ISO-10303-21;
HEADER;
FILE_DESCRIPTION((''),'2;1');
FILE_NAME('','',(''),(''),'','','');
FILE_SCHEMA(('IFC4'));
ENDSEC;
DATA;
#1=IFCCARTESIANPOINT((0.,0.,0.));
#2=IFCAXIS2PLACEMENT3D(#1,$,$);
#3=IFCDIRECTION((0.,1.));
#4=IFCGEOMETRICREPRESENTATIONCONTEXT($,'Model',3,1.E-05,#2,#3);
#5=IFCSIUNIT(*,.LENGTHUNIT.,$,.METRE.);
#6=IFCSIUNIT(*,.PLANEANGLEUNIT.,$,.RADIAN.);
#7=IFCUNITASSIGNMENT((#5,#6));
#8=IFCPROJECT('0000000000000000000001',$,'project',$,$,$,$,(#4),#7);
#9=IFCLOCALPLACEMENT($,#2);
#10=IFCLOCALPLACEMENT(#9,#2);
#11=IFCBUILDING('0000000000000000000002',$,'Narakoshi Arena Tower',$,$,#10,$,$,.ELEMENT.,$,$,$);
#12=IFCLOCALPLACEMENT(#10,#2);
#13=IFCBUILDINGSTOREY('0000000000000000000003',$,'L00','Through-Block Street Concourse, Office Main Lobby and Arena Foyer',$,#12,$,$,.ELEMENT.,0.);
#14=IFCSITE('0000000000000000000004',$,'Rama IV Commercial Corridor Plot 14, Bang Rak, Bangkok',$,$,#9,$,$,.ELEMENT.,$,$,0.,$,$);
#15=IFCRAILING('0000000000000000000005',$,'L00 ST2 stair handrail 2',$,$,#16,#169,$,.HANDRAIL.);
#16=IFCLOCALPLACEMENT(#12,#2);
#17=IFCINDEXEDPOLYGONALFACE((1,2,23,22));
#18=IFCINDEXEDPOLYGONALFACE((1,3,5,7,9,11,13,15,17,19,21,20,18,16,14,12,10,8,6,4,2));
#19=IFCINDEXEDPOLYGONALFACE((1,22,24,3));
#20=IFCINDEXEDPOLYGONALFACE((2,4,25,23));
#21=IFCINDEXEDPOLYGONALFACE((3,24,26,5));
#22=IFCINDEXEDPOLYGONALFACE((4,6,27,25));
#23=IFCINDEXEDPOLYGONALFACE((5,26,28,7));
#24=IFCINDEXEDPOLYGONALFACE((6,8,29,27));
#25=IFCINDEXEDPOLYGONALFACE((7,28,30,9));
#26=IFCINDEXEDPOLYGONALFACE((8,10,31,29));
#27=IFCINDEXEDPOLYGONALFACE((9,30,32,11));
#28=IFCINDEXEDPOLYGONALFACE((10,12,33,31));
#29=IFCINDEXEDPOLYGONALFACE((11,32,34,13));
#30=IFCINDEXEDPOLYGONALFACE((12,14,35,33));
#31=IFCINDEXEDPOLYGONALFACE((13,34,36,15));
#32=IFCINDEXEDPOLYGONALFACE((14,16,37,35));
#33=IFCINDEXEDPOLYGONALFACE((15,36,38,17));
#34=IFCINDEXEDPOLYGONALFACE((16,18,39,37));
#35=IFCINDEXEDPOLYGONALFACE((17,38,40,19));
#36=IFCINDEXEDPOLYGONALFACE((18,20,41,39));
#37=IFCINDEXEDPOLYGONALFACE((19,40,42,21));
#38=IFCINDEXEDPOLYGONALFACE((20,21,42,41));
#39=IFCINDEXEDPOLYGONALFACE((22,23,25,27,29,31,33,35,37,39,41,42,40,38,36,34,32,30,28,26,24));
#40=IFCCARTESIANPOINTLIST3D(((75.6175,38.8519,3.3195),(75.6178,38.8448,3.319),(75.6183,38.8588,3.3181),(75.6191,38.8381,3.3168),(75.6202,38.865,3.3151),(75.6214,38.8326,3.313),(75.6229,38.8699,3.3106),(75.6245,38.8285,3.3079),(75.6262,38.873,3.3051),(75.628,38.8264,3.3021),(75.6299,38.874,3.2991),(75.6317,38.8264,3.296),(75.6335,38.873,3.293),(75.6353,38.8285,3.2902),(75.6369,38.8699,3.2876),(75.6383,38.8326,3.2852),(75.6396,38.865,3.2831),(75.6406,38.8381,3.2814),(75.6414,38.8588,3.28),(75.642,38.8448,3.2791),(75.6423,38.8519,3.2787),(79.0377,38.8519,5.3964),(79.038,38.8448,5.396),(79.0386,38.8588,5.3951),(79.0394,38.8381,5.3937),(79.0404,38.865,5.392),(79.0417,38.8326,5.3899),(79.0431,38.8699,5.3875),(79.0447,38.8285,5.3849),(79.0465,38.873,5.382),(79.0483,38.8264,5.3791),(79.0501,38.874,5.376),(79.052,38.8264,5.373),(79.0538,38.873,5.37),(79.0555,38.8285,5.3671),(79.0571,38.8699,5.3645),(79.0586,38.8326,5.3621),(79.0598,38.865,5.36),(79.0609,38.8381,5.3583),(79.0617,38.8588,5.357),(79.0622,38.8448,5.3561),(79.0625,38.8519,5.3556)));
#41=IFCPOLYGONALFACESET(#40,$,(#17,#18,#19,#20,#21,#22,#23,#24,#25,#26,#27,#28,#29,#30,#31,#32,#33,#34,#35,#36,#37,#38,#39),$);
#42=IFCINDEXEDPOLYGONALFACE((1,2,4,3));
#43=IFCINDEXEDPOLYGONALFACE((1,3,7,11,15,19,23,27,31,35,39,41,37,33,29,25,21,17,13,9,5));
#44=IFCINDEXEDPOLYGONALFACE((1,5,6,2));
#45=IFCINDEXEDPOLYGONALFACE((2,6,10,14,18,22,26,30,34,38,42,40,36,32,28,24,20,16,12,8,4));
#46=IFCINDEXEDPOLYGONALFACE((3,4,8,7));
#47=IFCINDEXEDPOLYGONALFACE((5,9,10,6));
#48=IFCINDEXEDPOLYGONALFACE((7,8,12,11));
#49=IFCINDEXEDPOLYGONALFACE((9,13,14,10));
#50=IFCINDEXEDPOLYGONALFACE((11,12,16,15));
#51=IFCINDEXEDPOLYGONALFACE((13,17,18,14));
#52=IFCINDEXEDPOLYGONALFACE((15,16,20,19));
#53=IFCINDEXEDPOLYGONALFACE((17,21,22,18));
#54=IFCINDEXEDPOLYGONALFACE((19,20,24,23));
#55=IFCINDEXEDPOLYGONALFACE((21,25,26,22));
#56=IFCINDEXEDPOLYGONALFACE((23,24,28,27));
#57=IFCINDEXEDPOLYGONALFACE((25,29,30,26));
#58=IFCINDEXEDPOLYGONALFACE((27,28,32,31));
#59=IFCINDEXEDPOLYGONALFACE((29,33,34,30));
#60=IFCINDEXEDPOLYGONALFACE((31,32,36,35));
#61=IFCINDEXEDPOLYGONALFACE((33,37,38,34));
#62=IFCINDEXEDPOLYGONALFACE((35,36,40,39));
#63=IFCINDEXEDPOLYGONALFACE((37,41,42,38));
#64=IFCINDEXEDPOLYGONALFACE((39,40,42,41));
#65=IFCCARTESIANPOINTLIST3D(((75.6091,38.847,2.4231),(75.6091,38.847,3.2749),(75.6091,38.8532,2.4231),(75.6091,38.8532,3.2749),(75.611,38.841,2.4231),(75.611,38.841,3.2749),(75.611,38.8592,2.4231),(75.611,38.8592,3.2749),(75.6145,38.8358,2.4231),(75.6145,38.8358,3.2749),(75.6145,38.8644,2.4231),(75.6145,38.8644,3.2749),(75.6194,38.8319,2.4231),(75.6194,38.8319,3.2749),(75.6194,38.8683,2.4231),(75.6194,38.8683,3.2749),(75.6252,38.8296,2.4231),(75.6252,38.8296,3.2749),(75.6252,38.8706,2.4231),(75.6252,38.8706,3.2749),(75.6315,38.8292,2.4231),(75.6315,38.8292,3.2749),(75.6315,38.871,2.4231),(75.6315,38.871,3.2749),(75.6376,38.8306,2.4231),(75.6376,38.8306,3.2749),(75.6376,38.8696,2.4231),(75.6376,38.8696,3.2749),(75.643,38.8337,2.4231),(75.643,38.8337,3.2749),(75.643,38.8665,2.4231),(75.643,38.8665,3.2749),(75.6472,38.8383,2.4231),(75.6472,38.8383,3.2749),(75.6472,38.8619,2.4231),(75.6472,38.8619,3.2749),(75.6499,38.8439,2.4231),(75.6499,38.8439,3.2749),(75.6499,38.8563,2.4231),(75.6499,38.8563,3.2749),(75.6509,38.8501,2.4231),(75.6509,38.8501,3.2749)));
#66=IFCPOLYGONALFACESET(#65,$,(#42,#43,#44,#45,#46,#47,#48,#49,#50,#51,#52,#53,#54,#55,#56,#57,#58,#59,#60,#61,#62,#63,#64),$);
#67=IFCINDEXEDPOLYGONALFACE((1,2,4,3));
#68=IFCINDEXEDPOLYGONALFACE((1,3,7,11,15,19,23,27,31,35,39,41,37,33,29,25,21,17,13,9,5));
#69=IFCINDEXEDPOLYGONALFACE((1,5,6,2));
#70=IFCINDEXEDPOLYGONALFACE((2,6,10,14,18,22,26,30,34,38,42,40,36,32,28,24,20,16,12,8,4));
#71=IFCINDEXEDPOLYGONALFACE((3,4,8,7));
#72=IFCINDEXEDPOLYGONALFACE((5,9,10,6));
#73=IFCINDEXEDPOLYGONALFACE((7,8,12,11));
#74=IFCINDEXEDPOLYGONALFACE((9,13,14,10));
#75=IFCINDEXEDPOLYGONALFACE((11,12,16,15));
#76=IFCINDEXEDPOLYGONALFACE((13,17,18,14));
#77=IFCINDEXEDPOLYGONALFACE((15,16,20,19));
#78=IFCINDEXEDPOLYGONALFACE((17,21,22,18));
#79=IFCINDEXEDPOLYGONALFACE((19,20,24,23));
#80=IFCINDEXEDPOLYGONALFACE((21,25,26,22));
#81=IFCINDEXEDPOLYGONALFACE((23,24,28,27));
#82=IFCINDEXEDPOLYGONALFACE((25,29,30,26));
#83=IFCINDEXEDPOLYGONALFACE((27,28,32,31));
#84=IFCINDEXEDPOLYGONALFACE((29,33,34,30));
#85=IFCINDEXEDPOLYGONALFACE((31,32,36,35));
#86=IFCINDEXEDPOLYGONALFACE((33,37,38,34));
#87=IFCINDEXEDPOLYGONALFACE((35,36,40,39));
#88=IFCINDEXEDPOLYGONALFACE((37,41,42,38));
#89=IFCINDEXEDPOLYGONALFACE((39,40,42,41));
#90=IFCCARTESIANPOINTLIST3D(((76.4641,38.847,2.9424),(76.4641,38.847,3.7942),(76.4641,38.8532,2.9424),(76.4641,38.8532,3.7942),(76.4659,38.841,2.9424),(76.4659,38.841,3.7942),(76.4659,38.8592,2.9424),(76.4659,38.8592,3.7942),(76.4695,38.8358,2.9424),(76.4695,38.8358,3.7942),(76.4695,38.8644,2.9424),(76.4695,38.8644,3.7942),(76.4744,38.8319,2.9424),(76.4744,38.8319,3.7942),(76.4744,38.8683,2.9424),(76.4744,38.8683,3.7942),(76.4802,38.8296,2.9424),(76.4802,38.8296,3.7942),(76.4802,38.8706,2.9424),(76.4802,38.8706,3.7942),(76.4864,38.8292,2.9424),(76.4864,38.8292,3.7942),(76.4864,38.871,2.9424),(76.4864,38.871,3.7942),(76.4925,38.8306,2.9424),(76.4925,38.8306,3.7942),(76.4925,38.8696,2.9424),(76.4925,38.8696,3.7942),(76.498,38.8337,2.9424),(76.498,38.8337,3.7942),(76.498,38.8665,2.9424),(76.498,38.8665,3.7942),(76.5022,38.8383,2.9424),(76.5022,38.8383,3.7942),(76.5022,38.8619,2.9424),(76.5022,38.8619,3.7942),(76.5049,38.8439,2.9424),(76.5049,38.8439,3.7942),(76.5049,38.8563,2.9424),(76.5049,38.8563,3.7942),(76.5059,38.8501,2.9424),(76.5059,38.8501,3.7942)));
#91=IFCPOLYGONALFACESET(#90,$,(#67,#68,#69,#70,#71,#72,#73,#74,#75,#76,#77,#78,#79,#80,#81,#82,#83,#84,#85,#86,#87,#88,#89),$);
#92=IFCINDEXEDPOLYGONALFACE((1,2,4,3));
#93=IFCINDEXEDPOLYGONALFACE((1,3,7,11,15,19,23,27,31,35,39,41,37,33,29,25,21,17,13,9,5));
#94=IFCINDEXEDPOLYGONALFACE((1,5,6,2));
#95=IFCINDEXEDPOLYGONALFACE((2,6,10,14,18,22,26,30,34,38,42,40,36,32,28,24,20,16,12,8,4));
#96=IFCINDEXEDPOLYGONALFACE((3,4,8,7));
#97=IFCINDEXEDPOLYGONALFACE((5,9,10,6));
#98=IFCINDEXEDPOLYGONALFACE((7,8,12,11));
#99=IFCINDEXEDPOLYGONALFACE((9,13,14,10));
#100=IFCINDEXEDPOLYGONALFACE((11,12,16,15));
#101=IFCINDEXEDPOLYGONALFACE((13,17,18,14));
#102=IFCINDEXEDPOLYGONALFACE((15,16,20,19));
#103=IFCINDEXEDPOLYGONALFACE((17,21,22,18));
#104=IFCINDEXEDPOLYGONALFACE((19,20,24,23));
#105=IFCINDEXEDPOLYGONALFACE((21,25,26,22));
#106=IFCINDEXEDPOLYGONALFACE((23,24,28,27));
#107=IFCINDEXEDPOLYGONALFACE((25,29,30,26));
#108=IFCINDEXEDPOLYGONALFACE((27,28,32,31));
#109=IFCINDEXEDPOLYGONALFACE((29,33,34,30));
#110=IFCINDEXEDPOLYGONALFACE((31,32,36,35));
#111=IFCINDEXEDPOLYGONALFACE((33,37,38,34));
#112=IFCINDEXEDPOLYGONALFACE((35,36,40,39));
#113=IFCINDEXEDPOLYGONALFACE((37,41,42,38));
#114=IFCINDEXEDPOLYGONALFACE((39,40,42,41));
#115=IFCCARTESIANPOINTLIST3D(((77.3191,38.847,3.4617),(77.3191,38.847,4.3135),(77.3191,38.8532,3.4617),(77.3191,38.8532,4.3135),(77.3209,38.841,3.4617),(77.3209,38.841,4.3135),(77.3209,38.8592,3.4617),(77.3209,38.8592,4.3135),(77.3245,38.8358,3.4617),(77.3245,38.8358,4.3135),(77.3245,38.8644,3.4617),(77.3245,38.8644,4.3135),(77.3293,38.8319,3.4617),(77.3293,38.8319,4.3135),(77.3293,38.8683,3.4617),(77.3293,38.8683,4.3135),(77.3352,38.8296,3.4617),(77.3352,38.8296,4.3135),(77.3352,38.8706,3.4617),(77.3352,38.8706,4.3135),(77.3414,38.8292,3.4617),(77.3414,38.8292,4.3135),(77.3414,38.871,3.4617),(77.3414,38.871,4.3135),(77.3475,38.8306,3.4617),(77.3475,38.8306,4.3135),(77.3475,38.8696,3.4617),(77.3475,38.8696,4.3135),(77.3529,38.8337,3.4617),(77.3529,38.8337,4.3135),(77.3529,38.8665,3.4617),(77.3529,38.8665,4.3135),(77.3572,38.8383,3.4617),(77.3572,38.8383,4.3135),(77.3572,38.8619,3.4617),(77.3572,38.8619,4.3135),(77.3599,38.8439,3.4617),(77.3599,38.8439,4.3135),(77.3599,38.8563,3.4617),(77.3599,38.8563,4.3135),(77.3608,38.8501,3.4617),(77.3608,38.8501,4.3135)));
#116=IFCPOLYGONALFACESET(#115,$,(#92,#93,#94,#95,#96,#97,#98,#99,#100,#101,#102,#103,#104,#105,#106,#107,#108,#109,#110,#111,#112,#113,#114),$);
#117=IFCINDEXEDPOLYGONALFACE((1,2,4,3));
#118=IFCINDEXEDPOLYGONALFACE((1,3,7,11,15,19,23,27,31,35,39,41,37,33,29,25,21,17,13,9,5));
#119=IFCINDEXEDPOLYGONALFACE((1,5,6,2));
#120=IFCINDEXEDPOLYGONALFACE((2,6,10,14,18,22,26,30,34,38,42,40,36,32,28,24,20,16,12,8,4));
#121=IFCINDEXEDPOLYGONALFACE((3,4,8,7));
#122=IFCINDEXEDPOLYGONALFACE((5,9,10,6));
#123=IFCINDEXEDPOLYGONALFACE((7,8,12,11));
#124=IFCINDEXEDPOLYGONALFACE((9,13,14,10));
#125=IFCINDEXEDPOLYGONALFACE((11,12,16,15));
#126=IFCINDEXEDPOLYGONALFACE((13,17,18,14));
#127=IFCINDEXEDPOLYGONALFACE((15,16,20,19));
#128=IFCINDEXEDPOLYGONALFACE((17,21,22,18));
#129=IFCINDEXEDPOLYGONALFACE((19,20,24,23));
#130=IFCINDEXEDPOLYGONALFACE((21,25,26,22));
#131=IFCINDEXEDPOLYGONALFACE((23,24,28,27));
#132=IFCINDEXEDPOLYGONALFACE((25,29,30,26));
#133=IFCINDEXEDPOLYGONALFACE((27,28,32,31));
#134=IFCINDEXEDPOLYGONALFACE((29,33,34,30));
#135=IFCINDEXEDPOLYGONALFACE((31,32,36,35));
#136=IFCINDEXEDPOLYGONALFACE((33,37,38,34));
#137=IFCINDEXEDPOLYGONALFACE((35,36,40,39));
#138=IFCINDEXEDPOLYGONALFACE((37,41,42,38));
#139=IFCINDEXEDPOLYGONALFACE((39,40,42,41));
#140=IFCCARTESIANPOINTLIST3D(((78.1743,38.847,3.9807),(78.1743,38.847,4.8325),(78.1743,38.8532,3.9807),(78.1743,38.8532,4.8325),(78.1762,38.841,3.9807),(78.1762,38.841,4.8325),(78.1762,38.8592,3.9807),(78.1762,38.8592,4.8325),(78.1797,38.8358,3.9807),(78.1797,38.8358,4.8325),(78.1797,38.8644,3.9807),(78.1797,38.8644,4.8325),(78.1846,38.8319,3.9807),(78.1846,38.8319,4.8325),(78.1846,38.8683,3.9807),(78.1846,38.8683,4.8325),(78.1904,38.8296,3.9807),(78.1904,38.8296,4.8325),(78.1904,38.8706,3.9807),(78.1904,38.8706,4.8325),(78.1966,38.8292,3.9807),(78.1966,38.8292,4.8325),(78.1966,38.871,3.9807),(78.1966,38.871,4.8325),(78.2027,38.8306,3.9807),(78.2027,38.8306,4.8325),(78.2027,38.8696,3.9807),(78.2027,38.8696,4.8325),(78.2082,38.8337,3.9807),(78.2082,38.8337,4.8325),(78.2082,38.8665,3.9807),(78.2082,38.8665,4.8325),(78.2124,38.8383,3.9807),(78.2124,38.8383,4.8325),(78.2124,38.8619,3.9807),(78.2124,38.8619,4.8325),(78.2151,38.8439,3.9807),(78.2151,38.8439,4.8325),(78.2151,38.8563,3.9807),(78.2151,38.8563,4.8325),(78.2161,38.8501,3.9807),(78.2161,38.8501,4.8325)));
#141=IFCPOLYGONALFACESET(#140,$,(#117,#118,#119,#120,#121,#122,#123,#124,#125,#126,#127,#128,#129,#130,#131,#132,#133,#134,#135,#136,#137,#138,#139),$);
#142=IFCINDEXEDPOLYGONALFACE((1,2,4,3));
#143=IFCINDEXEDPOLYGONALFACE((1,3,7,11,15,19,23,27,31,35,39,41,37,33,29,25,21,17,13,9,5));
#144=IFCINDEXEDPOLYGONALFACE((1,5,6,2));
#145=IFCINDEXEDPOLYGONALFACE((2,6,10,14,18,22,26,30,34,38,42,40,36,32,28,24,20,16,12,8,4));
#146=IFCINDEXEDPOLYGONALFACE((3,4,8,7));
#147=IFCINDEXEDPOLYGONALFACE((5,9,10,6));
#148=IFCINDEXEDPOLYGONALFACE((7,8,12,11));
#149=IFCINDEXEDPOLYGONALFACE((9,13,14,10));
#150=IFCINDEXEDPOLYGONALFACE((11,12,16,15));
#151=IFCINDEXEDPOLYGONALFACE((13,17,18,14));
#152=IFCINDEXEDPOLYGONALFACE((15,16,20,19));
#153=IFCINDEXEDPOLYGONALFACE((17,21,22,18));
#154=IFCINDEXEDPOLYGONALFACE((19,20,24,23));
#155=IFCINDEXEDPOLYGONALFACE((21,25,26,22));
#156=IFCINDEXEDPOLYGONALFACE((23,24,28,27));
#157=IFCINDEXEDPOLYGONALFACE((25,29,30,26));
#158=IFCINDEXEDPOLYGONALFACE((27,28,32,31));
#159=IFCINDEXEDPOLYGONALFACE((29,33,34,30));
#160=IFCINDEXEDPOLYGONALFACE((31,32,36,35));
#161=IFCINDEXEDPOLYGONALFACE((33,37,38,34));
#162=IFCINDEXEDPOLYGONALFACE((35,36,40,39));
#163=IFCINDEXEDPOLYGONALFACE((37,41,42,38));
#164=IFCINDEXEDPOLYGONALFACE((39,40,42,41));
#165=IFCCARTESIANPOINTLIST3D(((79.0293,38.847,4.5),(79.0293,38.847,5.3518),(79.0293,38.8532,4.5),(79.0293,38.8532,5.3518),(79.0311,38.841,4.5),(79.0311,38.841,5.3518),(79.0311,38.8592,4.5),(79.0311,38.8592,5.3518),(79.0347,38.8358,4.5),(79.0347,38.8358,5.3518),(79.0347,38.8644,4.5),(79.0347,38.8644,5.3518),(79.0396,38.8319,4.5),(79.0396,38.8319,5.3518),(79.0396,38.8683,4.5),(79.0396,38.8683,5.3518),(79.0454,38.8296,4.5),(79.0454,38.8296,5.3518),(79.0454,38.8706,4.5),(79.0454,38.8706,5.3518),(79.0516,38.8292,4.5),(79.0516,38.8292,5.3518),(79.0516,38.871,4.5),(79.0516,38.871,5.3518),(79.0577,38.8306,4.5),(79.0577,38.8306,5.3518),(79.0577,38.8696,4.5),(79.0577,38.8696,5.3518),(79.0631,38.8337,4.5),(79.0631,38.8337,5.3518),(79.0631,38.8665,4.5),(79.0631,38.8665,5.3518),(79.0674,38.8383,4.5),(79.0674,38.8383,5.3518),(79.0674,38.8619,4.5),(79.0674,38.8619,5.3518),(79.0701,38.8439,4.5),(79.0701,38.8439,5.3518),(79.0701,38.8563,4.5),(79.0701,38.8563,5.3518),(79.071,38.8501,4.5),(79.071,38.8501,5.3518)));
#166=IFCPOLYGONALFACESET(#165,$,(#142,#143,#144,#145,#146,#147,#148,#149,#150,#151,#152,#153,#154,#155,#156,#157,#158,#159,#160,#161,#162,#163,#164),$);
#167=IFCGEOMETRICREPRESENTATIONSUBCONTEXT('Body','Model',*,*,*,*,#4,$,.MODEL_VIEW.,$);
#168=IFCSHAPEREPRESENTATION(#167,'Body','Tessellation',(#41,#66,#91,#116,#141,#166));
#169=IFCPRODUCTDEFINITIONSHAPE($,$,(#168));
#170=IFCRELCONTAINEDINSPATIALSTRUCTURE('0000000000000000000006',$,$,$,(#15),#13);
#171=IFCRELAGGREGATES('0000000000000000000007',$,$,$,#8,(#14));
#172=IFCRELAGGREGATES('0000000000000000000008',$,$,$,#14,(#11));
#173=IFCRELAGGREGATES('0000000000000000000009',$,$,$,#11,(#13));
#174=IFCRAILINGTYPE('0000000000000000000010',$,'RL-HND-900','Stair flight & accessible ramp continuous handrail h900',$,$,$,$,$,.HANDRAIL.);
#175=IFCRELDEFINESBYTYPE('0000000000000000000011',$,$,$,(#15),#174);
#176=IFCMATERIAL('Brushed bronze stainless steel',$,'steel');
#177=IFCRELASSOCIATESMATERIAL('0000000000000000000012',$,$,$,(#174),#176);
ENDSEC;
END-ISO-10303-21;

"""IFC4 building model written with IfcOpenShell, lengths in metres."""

from ifc_helpers import new_model, si_unit, direction, frame, origin, origin_2d, place, context, subcontext, project, spatial, circle, extrude, material, type_object, element, save


model = new_model("IFC4")

# Units and contexts
model_context = context("Model", 3, precision=1e-05, world=origin(), true_north=direction((0.0, 1.0)))
body_context = subcontext(model_context, "Body", "Model", "MODEL_VIEW")
ifc_project = project(units=[si_unit("LENGTHUNIT", "METRE"), si_unit("PLANEANGLEUNIT", "RADIAN")], contexts=[model_context])

# Site, building, storey
site_placement = place(None, origin())
site = spatial("IfcSite", under=ifc_project, at=site_placement, Name="Rama IV Commercial Corridor Plot 14, Bang Rak, Bangkok", CompositionType="ELEMENT", RefElevation=0.0)
building_placement = place(site_placement, origin())
building = spatial("IfcBuilding", under=site, at=building_placement, Name="Narakoshi Arena Tower", CompositionType="ELEMENT")
storey_placement = place(building_placement, origin())
storey = spatial("IfcBuildingStorey", under=building, at=storey_placement, Name="L00", Description="Through-Block Street Concourse, Office Main Lobby and Arena Foyer", CompositionType="ELEMENT", Elevation=0.0)

# Railing
ifc_material_1 = material(Name="Brushed bronze stainless steel", Category="steel")
railing_type_1 = type_object("IfcRailingType", Name="RL-HND-900", Description="Stair flight & accessible ramp continuous handrail h900", PredefinedType="HANDRAIL", material=ifc_material_1)
for number, where, name in (
    (1, (75.6299, 38.8501, 2.4231), "L00 ST2 stair handrail 2"),
):
    element("IfcRailing", number, at=place(storey_placement, frame(where)), inside=storey, type_object=railing_type_1, Name=name, PredefinedType="HANDRAIL", context=body_context, shape_type="SweptSolid", body=[
        extrude(circle(Radius=0.0239, at=origin_2d()), frame((0.0, 0.0, 0.876), z_axis=(0.854746, 0.0, 0.519047), x_axis=(0.0, 1.0, 0.0)), (0.0, 0.0, 1.0), 4.0015),
        extrude(circle(Radius=0.021, at=origin_2d()), origin(), (0.0, 0.0, 1.0), 0.8518),
        extrude(circle(Radius=0.021, at=origin_2d()), frame((0.855, 0.0, 0.5193)), (0.0, 0.0, 1.0), 0.8518),
        extrude(circle(Radius=0.021, at=origin_2d()), frame((1.71, 0.0, 1.0386)), (0.0, 0.0, 1.0), 0.8518),
        extrude(circle(Radius=0.021, at=origin_2d()), frame((2.5652, 0.0, 1.5576)), (0.0, 0.0, 1.0), 0.8518),
        extrude(circle(Radius=0.021, at=origin_2d()), frame((3.4202, 0.0, 2.0769)), (0.0, 0.0, 1.0), 0.8518),
    ])

save(model, "model.ifc")
